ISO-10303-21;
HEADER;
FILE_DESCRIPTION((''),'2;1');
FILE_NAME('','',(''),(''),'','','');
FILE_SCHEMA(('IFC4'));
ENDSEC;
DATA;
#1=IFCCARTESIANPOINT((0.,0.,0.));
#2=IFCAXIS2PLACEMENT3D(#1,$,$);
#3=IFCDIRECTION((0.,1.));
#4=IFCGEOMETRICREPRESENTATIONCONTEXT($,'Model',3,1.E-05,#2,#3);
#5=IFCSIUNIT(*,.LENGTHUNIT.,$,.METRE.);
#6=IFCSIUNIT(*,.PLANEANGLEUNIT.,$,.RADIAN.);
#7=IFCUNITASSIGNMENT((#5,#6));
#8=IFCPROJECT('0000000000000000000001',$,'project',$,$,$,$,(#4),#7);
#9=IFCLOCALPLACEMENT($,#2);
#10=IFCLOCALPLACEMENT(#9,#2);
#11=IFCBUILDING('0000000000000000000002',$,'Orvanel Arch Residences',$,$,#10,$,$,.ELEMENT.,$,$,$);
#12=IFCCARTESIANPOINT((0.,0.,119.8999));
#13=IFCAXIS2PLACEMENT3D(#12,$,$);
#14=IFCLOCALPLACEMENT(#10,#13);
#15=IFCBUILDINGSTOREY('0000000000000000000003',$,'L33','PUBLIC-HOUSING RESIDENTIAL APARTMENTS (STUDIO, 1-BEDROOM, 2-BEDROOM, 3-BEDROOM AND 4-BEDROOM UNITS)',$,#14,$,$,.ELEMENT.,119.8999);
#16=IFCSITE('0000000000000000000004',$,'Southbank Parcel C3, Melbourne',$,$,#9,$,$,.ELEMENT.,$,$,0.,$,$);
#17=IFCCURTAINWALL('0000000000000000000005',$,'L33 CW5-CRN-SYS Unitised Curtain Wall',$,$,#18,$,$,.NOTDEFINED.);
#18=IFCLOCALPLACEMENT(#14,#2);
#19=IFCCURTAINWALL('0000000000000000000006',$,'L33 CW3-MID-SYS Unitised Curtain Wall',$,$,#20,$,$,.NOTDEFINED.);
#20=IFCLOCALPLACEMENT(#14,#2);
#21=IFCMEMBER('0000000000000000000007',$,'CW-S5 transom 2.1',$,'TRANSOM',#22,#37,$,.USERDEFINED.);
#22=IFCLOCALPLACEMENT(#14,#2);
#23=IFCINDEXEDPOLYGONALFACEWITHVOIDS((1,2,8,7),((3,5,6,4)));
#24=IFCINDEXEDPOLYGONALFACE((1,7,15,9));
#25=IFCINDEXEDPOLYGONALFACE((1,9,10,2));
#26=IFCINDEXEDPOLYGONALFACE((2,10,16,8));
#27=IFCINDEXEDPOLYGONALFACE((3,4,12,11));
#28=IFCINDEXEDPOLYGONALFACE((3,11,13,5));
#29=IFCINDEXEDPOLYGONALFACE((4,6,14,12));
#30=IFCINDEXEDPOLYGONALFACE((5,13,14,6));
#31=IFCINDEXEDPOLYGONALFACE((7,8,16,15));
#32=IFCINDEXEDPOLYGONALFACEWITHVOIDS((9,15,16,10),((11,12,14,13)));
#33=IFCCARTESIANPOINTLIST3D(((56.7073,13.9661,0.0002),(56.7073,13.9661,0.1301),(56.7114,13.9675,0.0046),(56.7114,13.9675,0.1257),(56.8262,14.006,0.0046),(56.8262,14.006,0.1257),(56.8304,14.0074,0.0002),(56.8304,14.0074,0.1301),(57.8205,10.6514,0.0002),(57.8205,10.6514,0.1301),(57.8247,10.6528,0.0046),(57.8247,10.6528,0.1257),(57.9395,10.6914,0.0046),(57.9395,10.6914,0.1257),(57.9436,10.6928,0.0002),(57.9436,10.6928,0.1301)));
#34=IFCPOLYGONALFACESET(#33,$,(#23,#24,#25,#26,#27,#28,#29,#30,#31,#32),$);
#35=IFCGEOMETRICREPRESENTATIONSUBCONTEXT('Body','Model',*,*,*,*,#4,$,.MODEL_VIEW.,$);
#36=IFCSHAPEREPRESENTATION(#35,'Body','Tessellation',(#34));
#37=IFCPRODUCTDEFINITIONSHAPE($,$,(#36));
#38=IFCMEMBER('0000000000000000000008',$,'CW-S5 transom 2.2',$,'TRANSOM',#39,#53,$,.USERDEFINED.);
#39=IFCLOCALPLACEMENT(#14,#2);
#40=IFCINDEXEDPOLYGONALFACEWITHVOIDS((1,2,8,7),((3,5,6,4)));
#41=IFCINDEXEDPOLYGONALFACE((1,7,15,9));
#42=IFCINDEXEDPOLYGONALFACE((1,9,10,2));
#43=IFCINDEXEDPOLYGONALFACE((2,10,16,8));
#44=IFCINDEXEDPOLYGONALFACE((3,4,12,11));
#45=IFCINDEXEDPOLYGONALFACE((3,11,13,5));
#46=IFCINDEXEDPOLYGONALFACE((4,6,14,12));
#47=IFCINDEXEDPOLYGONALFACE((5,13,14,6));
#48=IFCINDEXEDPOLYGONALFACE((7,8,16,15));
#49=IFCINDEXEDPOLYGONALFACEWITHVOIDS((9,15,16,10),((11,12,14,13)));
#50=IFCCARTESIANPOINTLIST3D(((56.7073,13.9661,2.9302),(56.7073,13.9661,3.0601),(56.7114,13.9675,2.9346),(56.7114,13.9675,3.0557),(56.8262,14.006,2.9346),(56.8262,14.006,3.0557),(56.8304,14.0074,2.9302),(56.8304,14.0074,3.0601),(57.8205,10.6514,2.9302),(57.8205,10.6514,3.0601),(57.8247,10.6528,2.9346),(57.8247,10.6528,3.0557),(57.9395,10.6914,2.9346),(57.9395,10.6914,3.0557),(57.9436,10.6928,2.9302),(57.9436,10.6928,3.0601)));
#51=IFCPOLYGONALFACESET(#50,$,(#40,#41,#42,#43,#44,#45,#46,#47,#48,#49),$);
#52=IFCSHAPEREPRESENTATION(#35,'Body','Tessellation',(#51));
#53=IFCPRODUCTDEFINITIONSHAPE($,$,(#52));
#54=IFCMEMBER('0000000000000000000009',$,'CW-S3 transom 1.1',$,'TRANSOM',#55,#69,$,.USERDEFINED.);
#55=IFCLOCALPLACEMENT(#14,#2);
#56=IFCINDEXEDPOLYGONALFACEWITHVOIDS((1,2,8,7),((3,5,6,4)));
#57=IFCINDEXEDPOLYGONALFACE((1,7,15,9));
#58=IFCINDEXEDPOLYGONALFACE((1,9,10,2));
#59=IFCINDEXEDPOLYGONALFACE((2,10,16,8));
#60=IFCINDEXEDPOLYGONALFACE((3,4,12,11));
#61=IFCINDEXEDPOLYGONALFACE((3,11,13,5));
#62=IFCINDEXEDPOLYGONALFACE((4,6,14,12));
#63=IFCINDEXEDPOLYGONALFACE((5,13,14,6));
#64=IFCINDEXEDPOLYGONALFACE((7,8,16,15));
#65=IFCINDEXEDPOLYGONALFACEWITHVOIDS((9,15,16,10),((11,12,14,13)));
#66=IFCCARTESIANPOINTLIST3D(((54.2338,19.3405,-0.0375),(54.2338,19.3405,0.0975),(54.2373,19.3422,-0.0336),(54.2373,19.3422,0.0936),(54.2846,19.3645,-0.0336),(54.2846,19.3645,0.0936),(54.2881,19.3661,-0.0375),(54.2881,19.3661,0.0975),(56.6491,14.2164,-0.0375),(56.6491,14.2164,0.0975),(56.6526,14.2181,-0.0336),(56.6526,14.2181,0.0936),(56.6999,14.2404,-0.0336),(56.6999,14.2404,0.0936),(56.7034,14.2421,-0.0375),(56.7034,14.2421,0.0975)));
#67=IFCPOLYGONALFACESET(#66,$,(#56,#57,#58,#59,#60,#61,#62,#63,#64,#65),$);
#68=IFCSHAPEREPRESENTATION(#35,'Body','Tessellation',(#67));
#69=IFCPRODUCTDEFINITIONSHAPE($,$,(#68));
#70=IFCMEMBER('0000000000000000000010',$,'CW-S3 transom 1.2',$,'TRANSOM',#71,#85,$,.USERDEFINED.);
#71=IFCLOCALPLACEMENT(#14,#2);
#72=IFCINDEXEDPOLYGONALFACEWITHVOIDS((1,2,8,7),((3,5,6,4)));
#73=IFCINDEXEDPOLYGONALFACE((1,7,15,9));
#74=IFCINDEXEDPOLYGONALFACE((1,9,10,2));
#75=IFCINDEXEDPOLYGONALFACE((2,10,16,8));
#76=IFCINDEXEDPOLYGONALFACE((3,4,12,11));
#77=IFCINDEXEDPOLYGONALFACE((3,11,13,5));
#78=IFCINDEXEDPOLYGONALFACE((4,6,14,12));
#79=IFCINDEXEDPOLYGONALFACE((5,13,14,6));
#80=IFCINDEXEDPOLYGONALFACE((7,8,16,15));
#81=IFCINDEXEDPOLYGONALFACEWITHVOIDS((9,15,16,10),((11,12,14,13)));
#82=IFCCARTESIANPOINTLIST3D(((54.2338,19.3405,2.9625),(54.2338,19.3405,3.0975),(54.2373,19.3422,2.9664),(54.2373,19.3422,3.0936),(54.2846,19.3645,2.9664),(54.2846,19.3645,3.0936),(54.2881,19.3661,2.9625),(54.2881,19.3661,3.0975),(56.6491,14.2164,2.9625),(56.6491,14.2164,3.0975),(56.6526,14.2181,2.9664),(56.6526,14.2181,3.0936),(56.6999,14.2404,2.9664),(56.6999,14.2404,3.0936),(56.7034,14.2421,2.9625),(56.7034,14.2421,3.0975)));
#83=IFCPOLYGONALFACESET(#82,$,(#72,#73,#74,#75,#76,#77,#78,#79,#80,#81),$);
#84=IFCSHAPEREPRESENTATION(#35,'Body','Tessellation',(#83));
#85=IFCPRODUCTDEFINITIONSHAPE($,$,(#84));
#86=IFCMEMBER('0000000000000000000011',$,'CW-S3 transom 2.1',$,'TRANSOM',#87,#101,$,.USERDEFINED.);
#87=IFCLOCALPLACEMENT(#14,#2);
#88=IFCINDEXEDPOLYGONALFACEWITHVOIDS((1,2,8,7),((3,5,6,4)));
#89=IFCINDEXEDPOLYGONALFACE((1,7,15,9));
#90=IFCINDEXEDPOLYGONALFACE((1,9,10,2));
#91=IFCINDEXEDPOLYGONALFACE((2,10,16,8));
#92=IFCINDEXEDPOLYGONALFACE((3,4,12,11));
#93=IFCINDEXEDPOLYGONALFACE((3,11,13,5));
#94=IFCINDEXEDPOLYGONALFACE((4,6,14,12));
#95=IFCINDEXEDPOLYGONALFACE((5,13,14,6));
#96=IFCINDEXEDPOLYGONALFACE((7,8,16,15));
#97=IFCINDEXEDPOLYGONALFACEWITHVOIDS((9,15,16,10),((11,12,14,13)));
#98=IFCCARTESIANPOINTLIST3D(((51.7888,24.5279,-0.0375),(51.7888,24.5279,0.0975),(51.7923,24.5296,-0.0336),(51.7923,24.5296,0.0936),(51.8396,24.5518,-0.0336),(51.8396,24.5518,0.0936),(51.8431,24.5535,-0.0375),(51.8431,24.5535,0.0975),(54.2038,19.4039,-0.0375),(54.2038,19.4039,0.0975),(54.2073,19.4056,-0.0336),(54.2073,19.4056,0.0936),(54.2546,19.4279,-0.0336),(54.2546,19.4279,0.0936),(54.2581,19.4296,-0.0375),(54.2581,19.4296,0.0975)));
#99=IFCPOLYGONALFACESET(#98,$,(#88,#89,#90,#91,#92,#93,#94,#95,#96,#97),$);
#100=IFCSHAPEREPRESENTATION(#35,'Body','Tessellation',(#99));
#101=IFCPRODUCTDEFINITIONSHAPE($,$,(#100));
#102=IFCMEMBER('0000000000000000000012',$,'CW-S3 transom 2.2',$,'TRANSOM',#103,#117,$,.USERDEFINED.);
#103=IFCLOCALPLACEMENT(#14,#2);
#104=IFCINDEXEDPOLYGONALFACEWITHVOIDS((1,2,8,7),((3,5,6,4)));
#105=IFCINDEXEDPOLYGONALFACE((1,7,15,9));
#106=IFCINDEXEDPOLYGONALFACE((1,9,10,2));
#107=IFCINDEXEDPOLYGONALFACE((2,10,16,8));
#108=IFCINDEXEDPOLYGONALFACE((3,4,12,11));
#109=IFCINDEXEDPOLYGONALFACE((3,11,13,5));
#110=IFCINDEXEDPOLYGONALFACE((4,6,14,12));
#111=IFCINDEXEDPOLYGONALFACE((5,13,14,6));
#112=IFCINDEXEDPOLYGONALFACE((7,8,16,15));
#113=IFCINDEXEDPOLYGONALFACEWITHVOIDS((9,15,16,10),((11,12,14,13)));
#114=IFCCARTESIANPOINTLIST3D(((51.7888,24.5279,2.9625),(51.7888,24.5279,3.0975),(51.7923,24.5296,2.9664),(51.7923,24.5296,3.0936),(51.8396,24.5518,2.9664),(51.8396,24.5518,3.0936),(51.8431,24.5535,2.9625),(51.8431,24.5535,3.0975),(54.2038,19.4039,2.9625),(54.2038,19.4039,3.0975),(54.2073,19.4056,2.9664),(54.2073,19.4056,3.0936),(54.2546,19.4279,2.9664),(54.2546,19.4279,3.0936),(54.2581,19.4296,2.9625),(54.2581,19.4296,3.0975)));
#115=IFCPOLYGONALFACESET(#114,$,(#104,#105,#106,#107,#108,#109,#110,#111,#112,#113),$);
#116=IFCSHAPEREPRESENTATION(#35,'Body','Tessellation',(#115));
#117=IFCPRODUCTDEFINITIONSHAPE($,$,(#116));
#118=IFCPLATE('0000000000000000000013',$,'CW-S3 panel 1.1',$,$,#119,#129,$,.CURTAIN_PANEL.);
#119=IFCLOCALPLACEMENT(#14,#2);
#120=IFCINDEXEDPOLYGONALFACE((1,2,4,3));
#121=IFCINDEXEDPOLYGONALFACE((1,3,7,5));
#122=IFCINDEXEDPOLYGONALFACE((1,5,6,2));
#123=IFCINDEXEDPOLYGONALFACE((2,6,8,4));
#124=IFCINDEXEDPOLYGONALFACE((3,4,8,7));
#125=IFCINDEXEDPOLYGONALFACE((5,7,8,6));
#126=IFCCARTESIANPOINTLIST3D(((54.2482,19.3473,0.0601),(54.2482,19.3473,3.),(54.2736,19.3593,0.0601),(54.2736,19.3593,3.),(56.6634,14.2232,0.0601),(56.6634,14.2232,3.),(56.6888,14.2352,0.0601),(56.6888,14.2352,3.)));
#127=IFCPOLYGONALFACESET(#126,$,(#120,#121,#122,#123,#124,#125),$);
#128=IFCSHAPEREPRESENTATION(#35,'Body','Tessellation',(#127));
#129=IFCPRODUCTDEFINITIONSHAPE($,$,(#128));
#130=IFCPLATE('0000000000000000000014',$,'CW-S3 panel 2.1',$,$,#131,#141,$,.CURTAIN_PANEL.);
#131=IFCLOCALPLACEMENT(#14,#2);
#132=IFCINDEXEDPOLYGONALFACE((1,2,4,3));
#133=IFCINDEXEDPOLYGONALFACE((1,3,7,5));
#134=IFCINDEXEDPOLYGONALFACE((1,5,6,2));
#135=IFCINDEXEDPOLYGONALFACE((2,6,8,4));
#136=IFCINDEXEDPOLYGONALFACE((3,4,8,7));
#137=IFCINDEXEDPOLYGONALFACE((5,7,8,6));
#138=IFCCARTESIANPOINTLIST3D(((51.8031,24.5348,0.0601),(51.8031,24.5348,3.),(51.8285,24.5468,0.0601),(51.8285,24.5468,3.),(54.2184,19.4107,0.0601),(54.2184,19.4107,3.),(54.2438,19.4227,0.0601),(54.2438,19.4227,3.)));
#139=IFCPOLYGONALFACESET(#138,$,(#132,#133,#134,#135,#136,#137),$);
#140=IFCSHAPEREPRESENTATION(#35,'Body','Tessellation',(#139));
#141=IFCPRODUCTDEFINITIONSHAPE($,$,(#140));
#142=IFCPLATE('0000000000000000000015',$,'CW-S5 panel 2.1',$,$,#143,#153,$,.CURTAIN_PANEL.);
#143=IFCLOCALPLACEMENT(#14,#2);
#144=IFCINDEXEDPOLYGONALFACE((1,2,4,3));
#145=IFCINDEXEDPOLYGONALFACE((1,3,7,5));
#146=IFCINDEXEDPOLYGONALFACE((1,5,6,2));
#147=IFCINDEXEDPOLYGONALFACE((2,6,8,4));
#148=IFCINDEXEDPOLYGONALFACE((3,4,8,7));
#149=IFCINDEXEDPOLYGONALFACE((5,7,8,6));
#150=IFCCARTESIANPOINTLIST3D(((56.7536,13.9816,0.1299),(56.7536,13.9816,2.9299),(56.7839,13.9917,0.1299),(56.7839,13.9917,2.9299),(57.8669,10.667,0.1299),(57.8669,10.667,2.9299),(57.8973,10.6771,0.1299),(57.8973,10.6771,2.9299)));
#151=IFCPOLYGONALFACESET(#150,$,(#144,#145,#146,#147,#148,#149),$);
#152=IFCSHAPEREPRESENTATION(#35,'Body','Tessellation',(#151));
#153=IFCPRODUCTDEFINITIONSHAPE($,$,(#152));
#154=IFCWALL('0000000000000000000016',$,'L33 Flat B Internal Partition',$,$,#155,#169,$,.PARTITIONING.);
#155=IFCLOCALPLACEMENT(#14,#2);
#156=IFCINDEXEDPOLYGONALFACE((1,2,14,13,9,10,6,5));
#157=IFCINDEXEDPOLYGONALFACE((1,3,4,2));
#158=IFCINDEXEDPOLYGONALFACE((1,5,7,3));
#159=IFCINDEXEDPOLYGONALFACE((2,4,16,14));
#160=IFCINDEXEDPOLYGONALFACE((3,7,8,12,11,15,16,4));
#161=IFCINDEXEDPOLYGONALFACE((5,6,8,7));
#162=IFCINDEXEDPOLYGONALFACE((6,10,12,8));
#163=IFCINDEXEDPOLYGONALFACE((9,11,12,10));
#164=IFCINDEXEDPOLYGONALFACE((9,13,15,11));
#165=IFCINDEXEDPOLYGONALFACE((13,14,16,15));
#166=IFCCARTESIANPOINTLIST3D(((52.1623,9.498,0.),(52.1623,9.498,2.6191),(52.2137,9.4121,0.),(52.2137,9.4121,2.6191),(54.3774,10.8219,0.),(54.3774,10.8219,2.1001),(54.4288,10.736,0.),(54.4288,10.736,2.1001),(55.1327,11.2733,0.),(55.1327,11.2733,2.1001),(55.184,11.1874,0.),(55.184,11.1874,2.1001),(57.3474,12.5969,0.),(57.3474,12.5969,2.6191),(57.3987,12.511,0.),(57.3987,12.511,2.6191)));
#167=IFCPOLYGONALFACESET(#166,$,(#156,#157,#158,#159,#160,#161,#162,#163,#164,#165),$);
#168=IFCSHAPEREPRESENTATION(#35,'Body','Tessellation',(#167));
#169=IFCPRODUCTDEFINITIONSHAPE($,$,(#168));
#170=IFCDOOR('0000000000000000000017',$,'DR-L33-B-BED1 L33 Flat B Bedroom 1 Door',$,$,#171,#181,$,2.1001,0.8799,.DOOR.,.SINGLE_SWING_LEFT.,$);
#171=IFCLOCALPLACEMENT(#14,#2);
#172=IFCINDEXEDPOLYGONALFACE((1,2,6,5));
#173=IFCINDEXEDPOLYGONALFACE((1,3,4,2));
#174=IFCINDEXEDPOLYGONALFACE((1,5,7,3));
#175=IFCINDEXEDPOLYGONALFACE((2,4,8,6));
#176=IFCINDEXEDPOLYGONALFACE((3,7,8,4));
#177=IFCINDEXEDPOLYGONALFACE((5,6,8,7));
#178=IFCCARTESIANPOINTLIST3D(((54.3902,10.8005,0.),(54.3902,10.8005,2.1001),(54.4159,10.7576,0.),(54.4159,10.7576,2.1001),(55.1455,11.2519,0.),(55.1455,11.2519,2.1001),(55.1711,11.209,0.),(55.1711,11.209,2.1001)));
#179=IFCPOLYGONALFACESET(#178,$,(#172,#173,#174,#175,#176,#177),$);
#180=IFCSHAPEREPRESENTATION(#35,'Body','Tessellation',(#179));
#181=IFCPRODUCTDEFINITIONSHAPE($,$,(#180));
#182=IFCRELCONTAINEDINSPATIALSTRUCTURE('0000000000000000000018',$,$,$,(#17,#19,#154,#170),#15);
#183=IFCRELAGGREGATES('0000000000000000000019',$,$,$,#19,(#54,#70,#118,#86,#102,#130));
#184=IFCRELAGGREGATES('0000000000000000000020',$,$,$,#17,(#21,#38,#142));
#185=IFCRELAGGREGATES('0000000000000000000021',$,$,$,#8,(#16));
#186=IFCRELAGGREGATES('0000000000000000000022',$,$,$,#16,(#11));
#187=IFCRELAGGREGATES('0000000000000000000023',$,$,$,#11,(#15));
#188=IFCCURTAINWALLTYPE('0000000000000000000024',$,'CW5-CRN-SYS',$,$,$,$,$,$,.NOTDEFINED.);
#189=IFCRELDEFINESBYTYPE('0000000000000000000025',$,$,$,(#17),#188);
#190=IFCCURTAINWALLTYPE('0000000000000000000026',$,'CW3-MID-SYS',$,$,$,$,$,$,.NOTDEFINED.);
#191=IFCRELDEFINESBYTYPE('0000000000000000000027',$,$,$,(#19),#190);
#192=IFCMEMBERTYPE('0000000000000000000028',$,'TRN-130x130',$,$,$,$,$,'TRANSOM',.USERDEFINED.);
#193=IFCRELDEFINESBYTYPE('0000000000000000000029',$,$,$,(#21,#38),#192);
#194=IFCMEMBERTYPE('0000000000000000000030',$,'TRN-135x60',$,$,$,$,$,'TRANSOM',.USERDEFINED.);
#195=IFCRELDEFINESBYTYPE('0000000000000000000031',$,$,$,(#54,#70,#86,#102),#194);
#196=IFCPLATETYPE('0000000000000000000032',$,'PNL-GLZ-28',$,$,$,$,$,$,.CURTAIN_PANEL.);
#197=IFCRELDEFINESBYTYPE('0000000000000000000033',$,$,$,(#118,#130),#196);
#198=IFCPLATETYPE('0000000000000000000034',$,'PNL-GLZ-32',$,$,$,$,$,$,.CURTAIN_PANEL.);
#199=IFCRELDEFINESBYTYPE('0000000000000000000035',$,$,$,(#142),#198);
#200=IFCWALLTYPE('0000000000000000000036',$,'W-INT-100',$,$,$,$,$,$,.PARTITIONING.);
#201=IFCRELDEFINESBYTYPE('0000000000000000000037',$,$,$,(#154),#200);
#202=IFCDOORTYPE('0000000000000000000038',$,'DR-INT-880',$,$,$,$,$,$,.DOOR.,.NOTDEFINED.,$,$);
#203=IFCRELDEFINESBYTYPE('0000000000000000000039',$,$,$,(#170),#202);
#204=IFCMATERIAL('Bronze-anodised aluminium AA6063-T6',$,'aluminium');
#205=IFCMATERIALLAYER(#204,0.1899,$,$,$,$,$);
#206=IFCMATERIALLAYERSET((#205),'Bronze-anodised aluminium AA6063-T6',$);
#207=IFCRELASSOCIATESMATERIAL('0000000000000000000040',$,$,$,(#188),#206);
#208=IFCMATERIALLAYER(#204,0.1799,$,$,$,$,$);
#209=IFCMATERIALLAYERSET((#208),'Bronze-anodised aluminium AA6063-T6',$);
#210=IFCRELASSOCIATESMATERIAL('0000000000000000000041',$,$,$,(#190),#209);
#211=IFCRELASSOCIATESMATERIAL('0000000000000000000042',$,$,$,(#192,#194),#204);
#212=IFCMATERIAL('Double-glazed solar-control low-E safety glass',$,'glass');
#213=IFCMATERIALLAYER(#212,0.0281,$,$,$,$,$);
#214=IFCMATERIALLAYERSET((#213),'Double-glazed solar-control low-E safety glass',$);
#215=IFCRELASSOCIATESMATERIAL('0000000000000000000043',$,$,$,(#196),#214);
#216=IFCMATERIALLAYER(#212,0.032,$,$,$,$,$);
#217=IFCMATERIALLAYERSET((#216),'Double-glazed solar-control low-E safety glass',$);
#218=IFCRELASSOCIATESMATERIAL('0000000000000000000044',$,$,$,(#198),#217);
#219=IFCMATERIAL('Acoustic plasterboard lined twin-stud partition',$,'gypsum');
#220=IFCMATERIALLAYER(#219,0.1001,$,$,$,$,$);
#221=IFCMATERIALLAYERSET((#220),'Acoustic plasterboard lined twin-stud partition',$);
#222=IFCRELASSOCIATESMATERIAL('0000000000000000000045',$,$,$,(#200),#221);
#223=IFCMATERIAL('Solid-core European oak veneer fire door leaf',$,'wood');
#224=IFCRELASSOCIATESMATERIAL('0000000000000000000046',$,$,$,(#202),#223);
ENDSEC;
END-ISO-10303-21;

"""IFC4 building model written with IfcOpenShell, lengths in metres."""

from ifc_helpers import new_model, si_unit, direction, frame, frame_2d, origin, origin_2d, place, context, subcontext, project, spatial, rectangle, hollow_rectangle, extrude, material, layer, layer_set, material_profile, profile_set, type_object, element, fill, aggregate, save


model = new_model("IFC4")

# Units and contexts
model_context = context("Model", 3, precision=1e-05, world=origin(), true_north=direction((0.0, 1.0)))
body_context = subcontext(model_context, "Body", "Model", "MODEL_VIEW")
ifc_project = project(units=[si_unit("LENGTHUNIT", "METRE"), si_unit("PLANEANGLEUNIT", "RADIAN")], contexts=[model_context])

# Site, building, storey
site_placement = place(None, origin())
site = spatial("IfcSite", under=ifc_project, at=site_placement, Name="Southbank Parcel C3, Melbourne", CompositionType="ELEMENT", RefElevation=0.0)
building_placement = place(site_placement, origin())
building = spatial("IfcBuilding", under=site, at=building_placement, Name="Orvanel Arch Residences", CompositionType="ELEMENT")
storey_placement = place(building_placement, frame((0.0, 0.0, 119.8999)))
storey = spatial("IfcBuildingStorey", under=building, at=storey_placement, Name="L33", Description="PUBLIC-HOUSING RESIDENTIAL APARTMENTS (STUDIO, 1-BEDROOM, 2-BEDROOM, 3-BEDROOM AND 4-BEDROOM UNITS)", CompositionType="ELEMENT", Elevation=119.8999)

# Curtain walls
ifc_material_1 = material(Name="Bronze-anodised aluminium AA6063-T6", Category="aluminium")
ifc_layer_1 = layer(ifc_material_1, 0.1899)
ifc_layer_set_1 = layer_set([ifc_layer_1], Name="Bronze-anodised aluminium AA6063-T6")
curtain_wall_type_1 = type_object("IfcCurtainWallType", Name="CW5-CRN-SYS", PredefinedType="NOTDEFINED", material=ifc_layer_set_1)
curtain_wall_1_placement = place(storey_placement, origin())
curtain_wall_1 = element("IfcCurtainWall", 1, at=curtain_wall_1_placement, inside=storey, type_object=curtain_wall_type_1, Name="L33 CW5-CRN-SYS Unitised Curtain Wall", PredefinedType="NOTDEFINED")
ifc_layer_2 = layer(ifc_material_1, 0.1799)
ifc_layer_set_2 = layer_set([ifc_layer_2], Name="Bronze-anodised aluminium AA6063-T6")
curtain_wall_type_2 = type_object("IfcCurtainWallType", Name="CW3-MID-SYS", PredefinedType="NOTDEFINED", material=ifc_layer_set_2)
curtain_wall_2_placement = place(storey_placement, origin())
curtain_wall_2 = element("IfcCurtainWall", 2, at=curtain_wall_2_placement, inside=storey, type_object=curtain_wall_type_2, Name="L33 CW3-MID-SYS Unitised Curtain Wall", PredefinedType="NOTDEFINED")

# Members
ifc_material_profile_1 = material_profile(ifc_material_1, hollow_rectangle(XDim=0.1299, YDim=0.1299, WallThickness=0.0044, at=origin_2d()), Name="ALU130x130x4.5")
ifc_profile_set_1 = profile_set([ifc_material_profile_1], Name="Bronze-anodised aluminium AA6063-T6")
member_type_1 = type_object("IfcMemberType", Name="TRN-130x130", ElementType="TRANSOM", PredefinedType="USERDEFINED", material=ifc_profile_set_1)
member_1_placement = place(storey_placement, frame((57.8821, 10.6721, 0.0652), z_axis=(-0.318384, 0.947962, 0.0), x_axis=(-0.947962, -0.318384, 0.0)))
member_1 = element("IfcMember", 3, at=member_1_placement, type_object=member_type_1, Name="CW-S5 transom 2.1", ObjectType="TRANSOM", PredefinedType="USERDEFINED", context=body_context, shape_type="SweptSolid", body=[
    extrude(hollow_rectangle(XDim=0.1299, YDim=0.1299, WallThickness=0.0044, at=origin_2d()), origin(), (0.0, 0.0, 1.0), 3.4966),
])
member_2_placement = place(storey_placement, frame((57.8821, 10.6721, 2.9951), z_axis=(-0.318384, 0.947962, 0.0), x_axis=(-0.947962, -0.318384, 0.0)))
member_2 = element("IfcMember", 4, at=member_2_placement, type_object=member_type_1, Name="CW-S5 transom 2.2", ObjectType="TRANSOM", PredefinedType="USERDEFINED", context=body_context, shape_type="SweptSolid", body=[
    extrude(hollow_rectangle(XDim=0.1299, YDim=0.1299, WallThickness=0.0044, at=origin_2d()), origin(), (0.0, 0.0, 1.0), 3.4966),
])
ifc_material_profile_2 = material_profile(ifc_material_1, hollow_rectangle(XDim=0.0601, YDim=0.135, WallThickness=0.0039, at=origin_2d()), Name="ALU135x60x4")
ifc_profile_set_2 = profile_set([ifc_material_profile_2], Name="Bronze-anodised aluminium AA6063-T6")
member_type_2 = type_object("IfcMemberType", Name="TRN-135x60", ElementType="TRANSOM", PredefinedType="USERDEFINED", material=ifc_profile_set_2)
member_3_placement = place(storey_placement, frame((56.6763, 14.2292, 0.03), z_axis=(-0.426372, 0.904548, 0.0), x_axis=(-0.904548, -0.426372, 0.0)))
member_3 = element("IfcMember", 5, at=member_3_placement, type_object=member_type_2, Name="CW-S3 transom 1.1", ObjectType="TRANSOM", PredefinedType="USERDEFINED", context=body_context, shape_type="SweptSolid", body=[
    extrude(hollow_rectangle(XDim=0.0601, YDim=0.135, WallThickness=0.0039, at=origin_2d()), origin(), (0.0, 0.0, 1.0), 5.6648),
])
member_4_placement = place(storey_placement, frame((56.6763, 14.2292, 3.03), z_axis=(-0.426372, 0.904548, 0.0), x_axis=(-0.904548, -0.426372, 0.0)))
member_4 = element("IfcMember", 6, at=member_4_placement, type_object=member_type_2, Name="CW-S3 transom 1.2", ObjectType="TRANSOM", PredefinedType="USERDEFINED", context=body_context, shape_type="SweptSolid", body=[
    extrude(hollow_rectangle(XDim=0.0601, YDim=0.135, WallThickness=0.0039, at=origin_2d()), origin(), (0.0, 0.0, 1.0), 5.6648),
])
member_5_placement = place(storey_placement, frame((54.231, 19.4167, 0.03), z_axis=(-0.426337, 0.904565, 0.0), x_axis=(-0.904565, -0.426337, 0.0)))
member_5 = element("IfcMember", 7, at=member_5_placement, type_object=member_type_2, Name="CW-S3 transom 2.1", ObjectType="TRANSOM", PredefinedType="USERDEFINED", context=body_context, shape_type="SweptSolid", body=[
    extrude(hollow_rectangle(XDim=0.0601, YDim=0.135, WallThickness=0.0039, at=origin_2d()), origin(), (0.0, 0.0, 1.0), 5.6646),
])
member_6_placement = place(storey_placement, frame((54.231, 19.4167, 3.03), z_axis=(-0.426337, 0.904565, 0.0), x_axis=(-0.904565, -0.426337, 0.0)))
member_6 = element("IfcMember", 8, at=member_6_placement, type_object=member_type_2, Name="CW-S3 transom 2.2", ObjectType="TRANSOM", PredefinedType="USERDEFINED", context=body_context, shape_type="SweptSolid", body=[
    extrude(hollow_rectangle(XDim=0.0601, YDim=0.135, WallThickness=0.0039, at=origin_2d()), origin(), (0.0, 0.0, 1.0), 5.6646),
])

# Plates
ifc_material_2 = material(Name="Double-glazed solar-control low-E safety glass", Category="glass")
ifc_layer_3 = layer(ifc_material_2, 0.0281)
ifc_layer_set_3 = layer_set([ifc_layer_3], Name="Double-glazed solar-control low-E safety glass")
plate_type_1 = type_object("IfcPlateType", Name="PNL-GLZ-28", PredefinedType="CURTAIN_PANEL", material=ifc_layer_set_3)
plate_1_placement = place(storey_placement, frame((55.4685, 16.7913, 0.0601), z_axis=(0.0, 0.0, 1.0), x_axis=(-0.426365, 0.904551, 0.0)))
plate_1 = element("IfcPlate", 9, at=plate_1_placement, type_object=plate_type_1, Name="CW-S3 panel 1.1", PredefinedType="CURTAIN_PANEL", context=body_context, shape_type="SweptSolid", body=[
    extrude(rectangle(XDim=5.6648, YDim=0.0281, at=origin_2d()), origin(), (0.0, 0.0, 1.0), 2.9399),
])
plate_2_placement = place(storey_placement, frame((53.0234, 21.9788, 0.0601), z_axis=(0.0, 0.0, 1.0), x_axis=(-0.426365, 0.904551, 0.0)))
plate_2 = element("IfcPlate", 10, at=plate_2_placement, type_object=plate_type_1, Name="CW-S3 panel 2.1", PredefinedType="CURTAIN_PANEL", context=body_context, shape_type="SweptSolid", body=[
    extrude(rectangle(XDim=5.6648, YDim=0.0281, at=origin_2d()), origin(), (0.0, 0.0, 1.0), 2.9399),
])
aggregate(curtain_wall_2, [member_3, member_4, plate_1, member_5, member_6, plate_2])
ifc_layer_4 = layer(ifc_material_2, 0.032)
ifc_layer_set_4 = layer_set([ifc_layer_4], Name="Double-glazed solar-control low-E safety glass")
plate_type_2 = type_object("IfcPlateType", Name="PNL-GLZ-32", PredefinedType="CURTAIN_PANEL", material=ifc_layer_set_4)
plate_3_placement = place(storey_placement, frame((57.3254, 12.3293, 0.1299), z_axis=(0.0, 0.0, 1.0), x_axis=(-0.318403, 0.947955, 0.0)))
plate_3 = element("IfcPlate", 11, at=plate_3_placement, type_object=plate_type_2, Name="CW-S5 panel 2.1", PredefinedType="CURTAIN_PANEL", context=body_context, shape_type="SweptSolid", body=[
    extrude(rectangle(XDim=3.4966, YDim=0.032, at=origin_2d()), origin(), (0.0, 0.0, 1.0), 2.8),
])
aggregate(curtain_wall_1, [member_1, member_2, plate_3])

# Wall, opening, door
ifc_material_3 = material(Name="Acoustic plasterboard lined twin-stud partition", Category="gypsum")
ifc_layer_5 = layer(ifc_material_3, 0.1001)
ifc_layer_set_5 = layer_set([ifc_layer_5], Name="Acoustic plasterboard lined twin-stud partition")
wall_type_1 = type_object("IfcWallType", Name="W-INT-100", PredefinedType="PARTITIONING", material=ifc_layer_set_5)
wall_1_placement = place(storey_placement, frame((57.373, 12.554, 0.0), z_axis=(0.0, 0.0, 1.0), x_axis=(-0.85838, -0.513015, 0.0)))
wall_1 = element("IfcWall", 12, at=wall_1_placement, inside=storey, type_object=wall_type_1, Name="L33 Flat B Internal Partition", PredefinedType="PARTITIONING", context=body_context, shape_type="SweptSolid", body=[
    extrude(rectangle(XDim=6.0405, YDim=0.1001, at=frame_2d((3.0203, 0.0))), origin(), (0.0, 0.0, 1.0), 2.6191),
])
opening_placement = place(wall_1_placement, frame((2.5801, 0.0, 0.0)))
opening = element("IfcOpeningElement", 13, at=opening_placement, cuts=wall_1, PredefinedType="OPENING", context=body_context, shape_type="SweptSolid", body=[
    extrude(rectangle(XDim=0.8799, YDim=2.1001, at=frame_2d((0.4399, 1.05))), frame((0.0, 0.0601, 0.0), z_axis=(0.0, -1.0, 0.0), x_axis=(1.0, 0.0, 0.0)), (0.0, 0.0, 1.0), 0.1201),
])
ifc_material_4 = material(Name="Solid-core European oak veneer fire door leaf", Category="wood")
door_type = type_object("IfcDoorType", Name="DR-INT-880", OperationType="NOTDEFINED", PredefinedType="DOOR", material=ifc_material_4)
door_placement = place(opening_placement, origin())
door = element("IfcDoor", 14, at=door_placement, inside=storey, type_object=door_type, Name="DR-L33-B-BED1 L33 Flat B Bedroom 1 Door", OperationType="SINGLE_SWING_LEFT", OverallHeight=2.1001, OverallWidth=0.8799, PredefinedType="DOOR", context=body_context, shape_type="SweptSolid", body=[
    extrude(rectangle(XDim=0.8799, YDim=2.1001, at=frame_2d((0.4399, 1.05))), frame((0.0, 0.0249, 0.0), z_axis=(0.0, -1.0, 0.0), x_axis=(1.0, 0.0, 0.0)), (0.0, 0.0, 1.0), 0.05),
])
fill(opening, door)

save(model, "model.ifc")
